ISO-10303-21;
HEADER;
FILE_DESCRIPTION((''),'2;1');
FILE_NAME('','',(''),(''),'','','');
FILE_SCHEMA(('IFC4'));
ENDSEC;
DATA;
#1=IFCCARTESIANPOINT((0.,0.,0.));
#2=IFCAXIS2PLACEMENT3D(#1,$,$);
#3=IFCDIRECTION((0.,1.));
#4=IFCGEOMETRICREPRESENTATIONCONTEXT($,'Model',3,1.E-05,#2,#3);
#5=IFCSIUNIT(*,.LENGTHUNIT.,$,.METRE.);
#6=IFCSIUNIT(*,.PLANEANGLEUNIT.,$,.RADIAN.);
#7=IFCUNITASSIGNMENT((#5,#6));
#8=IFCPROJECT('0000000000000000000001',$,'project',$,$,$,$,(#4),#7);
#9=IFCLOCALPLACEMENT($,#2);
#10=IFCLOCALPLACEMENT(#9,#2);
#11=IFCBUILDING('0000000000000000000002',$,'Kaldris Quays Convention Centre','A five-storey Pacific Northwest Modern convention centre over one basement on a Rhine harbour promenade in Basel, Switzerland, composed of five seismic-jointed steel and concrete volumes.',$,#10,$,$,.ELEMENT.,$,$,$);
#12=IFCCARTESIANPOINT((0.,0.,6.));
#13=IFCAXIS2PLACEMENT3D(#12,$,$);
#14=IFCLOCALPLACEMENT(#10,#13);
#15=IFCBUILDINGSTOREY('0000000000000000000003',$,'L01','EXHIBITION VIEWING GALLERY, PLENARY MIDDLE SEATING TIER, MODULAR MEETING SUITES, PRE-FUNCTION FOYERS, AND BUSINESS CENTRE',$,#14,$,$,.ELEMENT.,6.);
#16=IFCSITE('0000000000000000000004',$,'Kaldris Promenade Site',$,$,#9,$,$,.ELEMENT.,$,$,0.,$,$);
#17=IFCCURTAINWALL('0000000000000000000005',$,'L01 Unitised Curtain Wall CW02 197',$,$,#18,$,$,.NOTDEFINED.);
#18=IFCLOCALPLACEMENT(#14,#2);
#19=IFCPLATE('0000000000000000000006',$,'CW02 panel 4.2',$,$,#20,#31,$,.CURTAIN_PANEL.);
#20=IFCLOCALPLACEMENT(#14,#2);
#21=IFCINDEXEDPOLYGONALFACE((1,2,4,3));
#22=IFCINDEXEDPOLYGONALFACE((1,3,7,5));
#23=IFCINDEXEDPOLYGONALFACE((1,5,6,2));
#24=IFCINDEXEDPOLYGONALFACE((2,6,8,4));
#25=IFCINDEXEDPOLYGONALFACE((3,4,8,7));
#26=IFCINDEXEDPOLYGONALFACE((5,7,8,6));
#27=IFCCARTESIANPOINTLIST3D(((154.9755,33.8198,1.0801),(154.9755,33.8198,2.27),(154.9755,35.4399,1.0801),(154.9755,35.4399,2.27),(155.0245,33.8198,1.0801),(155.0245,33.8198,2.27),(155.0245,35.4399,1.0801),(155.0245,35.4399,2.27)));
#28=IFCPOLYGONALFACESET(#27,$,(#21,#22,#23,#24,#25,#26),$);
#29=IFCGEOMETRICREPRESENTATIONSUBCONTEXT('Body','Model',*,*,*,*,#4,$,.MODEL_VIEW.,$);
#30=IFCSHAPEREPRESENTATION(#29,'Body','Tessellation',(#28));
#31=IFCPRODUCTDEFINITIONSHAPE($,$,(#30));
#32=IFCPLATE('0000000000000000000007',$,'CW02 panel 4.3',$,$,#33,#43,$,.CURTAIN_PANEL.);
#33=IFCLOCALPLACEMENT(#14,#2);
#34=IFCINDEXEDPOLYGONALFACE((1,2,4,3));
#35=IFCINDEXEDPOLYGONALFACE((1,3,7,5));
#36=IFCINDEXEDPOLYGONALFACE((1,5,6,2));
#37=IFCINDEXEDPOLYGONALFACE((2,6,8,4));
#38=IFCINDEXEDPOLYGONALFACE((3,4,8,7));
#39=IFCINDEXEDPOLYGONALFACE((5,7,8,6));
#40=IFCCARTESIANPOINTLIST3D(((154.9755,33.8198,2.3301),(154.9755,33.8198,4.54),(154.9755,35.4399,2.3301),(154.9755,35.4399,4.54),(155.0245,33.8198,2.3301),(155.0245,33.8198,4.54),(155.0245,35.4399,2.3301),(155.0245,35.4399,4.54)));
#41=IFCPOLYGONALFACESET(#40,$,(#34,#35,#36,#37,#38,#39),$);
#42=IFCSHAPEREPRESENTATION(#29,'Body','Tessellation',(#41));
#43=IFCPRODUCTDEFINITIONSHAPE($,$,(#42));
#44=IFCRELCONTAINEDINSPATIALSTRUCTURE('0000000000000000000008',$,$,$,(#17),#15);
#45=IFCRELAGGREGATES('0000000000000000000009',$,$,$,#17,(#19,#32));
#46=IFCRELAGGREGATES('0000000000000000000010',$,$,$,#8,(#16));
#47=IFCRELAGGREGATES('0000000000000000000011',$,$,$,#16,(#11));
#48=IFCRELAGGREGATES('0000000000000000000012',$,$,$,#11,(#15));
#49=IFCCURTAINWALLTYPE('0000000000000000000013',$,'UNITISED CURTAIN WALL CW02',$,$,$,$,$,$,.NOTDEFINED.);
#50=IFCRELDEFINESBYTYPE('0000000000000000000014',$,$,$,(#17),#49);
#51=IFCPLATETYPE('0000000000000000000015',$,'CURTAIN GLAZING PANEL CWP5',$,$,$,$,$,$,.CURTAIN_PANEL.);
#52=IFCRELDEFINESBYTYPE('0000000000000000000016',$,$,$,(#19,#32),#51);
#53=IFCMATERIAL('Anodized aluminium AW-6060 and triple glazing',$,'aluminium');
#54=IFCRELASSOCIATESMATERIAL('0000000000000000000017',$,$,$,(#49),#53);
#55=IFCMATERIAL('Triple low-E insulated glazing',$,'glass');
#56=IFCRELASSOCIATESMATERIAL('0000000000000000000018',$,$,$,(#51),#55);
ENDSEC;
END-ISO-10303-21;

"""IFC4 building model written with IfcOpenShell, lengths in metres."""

from ifc_helpers import new_model, si_unit, direction, frame, origin, origin_2d, place, context, subcontext, project, spatial, rectangle, extrude, material, type_object, element, aggregate, save


model = new_model("IFC4")

# Units and contexts
model_context = context("Model", 3, precision=1e-05, world=origin(), true_north=direction((0.0, 1.0)))
body_context = subcontext(model_context, "Body", "Model", "MODEL_VIEW")
ifc_project = project(units=[si_unit("LENGTHUNIT", "METRE"), si_unit("PLANEANGLEUNIT", "RADIAN")], contexts=[model_context])

# Site, building, storey
site_placement = place(None, origin())
site = spatial("IfcSite", under=ifc_project, at=site_placement, Name="Kaldris Promenade Site", CompositionType="ELEMENT", RefElevation=0.0)
building_placement = place(site_placement, origin())
building = spatial("IfcBuilding", under=site, at=building_placement, Name="Kaldris Quays Convention Centre", Description="A five-storey Pacific Northwest Modern convention centre over one basement on a Rhine harbour promenade in Basel, Switzerland, composed of five seismic-jointed steel and concrete volumes.", CompositionType="ELEMENT")
storey_placement = place(building_placement, frame((0.0, 0.0, 6.0)))
storey = spatial("IfcBuildingStorey", under=building, at=storey_placement, Name="L01", Description="EXHIBITION VIEWING GALLERY, PLENARY MIDDLE SEATING TIER, MODULAR MEETING SUITES, PRE-FUNCTION FOYERS, AND BUSINESS CENTRE", CompositionType="ELEMENT", Elevation=6.0)

# Curtain wall, plates
ifc_material_1 = material(Name="Anodized aluminium AW-6060 and triple glazing", Category="aluminium")
curtain_wall_type = type_object("IfcCurtainWallType", Name="UNITISED CURTAIN WALL CW02", PredefinedType="NOTDEFINED", material=ifc_material_1)
curtain_wall_placement = place(storey_placement, origin())
curtain_wall = element("IfcCurtainWall", 1, at=curtain_wall_placement, inside=storey, type_object=curtain_wall_type, Name="L01 Unitised Curtain Wall CW02 197", PredefinedType="NOTDEFINED")
ifc_material_2 = material(Name="Triple low-E insulated glazing", Category="glass")
plate_type = type_object("IfcPlateType", Name="CURTAIN GLAZING PANEL CWP5", PredefinedType="CURTAIN_PANEL", material=ifc_material_2)
plate_1_placement = place(storey_placement, frame((155.0, 34.6299, 1.0801), z_axis=(0.0, 0.0, 1.0), x_axis=(0.0, 1.0, 0.0)))
plate_1 = element("IfcPlate", 2, at=plate_1_placement, type_object=plate_type, Name="CW02 panel 4.2", PredefinedType="CURTAIN_PANEL", context=body_context, shape_type="SweptSolid", body=[
    extrude(rectangle(XDim=1.6201, YDim=0.0491, at=origin_2d()), origin(), (0.0, 0.0, 1.0), 1.1899),
])
plate_2_placement = place(storey_placement, frame((155.0, 34.6299, 2.3301), z_axis=(0.0, 0.0, 1.0), x_axis=(0.0, 1.0, 0.0)))
plate_2 = element("IfcPlate", 3, at=plate_2_placement, type_object=plate_type, Name="CW02 panel 4.3", PredefinedType="CURTAIN_PANEL", context=body_context, shape_type="SweptSolid", body=[
    extrude(rectangle(XDim=1.6201, YDim=0.0491, at=origin_2d()), origin(), (0.0, 0.0, 1.0), 2.21),
])
aggregate(curtain_wall, [plate_1, plate_2])

save(model, "model.ifc")
